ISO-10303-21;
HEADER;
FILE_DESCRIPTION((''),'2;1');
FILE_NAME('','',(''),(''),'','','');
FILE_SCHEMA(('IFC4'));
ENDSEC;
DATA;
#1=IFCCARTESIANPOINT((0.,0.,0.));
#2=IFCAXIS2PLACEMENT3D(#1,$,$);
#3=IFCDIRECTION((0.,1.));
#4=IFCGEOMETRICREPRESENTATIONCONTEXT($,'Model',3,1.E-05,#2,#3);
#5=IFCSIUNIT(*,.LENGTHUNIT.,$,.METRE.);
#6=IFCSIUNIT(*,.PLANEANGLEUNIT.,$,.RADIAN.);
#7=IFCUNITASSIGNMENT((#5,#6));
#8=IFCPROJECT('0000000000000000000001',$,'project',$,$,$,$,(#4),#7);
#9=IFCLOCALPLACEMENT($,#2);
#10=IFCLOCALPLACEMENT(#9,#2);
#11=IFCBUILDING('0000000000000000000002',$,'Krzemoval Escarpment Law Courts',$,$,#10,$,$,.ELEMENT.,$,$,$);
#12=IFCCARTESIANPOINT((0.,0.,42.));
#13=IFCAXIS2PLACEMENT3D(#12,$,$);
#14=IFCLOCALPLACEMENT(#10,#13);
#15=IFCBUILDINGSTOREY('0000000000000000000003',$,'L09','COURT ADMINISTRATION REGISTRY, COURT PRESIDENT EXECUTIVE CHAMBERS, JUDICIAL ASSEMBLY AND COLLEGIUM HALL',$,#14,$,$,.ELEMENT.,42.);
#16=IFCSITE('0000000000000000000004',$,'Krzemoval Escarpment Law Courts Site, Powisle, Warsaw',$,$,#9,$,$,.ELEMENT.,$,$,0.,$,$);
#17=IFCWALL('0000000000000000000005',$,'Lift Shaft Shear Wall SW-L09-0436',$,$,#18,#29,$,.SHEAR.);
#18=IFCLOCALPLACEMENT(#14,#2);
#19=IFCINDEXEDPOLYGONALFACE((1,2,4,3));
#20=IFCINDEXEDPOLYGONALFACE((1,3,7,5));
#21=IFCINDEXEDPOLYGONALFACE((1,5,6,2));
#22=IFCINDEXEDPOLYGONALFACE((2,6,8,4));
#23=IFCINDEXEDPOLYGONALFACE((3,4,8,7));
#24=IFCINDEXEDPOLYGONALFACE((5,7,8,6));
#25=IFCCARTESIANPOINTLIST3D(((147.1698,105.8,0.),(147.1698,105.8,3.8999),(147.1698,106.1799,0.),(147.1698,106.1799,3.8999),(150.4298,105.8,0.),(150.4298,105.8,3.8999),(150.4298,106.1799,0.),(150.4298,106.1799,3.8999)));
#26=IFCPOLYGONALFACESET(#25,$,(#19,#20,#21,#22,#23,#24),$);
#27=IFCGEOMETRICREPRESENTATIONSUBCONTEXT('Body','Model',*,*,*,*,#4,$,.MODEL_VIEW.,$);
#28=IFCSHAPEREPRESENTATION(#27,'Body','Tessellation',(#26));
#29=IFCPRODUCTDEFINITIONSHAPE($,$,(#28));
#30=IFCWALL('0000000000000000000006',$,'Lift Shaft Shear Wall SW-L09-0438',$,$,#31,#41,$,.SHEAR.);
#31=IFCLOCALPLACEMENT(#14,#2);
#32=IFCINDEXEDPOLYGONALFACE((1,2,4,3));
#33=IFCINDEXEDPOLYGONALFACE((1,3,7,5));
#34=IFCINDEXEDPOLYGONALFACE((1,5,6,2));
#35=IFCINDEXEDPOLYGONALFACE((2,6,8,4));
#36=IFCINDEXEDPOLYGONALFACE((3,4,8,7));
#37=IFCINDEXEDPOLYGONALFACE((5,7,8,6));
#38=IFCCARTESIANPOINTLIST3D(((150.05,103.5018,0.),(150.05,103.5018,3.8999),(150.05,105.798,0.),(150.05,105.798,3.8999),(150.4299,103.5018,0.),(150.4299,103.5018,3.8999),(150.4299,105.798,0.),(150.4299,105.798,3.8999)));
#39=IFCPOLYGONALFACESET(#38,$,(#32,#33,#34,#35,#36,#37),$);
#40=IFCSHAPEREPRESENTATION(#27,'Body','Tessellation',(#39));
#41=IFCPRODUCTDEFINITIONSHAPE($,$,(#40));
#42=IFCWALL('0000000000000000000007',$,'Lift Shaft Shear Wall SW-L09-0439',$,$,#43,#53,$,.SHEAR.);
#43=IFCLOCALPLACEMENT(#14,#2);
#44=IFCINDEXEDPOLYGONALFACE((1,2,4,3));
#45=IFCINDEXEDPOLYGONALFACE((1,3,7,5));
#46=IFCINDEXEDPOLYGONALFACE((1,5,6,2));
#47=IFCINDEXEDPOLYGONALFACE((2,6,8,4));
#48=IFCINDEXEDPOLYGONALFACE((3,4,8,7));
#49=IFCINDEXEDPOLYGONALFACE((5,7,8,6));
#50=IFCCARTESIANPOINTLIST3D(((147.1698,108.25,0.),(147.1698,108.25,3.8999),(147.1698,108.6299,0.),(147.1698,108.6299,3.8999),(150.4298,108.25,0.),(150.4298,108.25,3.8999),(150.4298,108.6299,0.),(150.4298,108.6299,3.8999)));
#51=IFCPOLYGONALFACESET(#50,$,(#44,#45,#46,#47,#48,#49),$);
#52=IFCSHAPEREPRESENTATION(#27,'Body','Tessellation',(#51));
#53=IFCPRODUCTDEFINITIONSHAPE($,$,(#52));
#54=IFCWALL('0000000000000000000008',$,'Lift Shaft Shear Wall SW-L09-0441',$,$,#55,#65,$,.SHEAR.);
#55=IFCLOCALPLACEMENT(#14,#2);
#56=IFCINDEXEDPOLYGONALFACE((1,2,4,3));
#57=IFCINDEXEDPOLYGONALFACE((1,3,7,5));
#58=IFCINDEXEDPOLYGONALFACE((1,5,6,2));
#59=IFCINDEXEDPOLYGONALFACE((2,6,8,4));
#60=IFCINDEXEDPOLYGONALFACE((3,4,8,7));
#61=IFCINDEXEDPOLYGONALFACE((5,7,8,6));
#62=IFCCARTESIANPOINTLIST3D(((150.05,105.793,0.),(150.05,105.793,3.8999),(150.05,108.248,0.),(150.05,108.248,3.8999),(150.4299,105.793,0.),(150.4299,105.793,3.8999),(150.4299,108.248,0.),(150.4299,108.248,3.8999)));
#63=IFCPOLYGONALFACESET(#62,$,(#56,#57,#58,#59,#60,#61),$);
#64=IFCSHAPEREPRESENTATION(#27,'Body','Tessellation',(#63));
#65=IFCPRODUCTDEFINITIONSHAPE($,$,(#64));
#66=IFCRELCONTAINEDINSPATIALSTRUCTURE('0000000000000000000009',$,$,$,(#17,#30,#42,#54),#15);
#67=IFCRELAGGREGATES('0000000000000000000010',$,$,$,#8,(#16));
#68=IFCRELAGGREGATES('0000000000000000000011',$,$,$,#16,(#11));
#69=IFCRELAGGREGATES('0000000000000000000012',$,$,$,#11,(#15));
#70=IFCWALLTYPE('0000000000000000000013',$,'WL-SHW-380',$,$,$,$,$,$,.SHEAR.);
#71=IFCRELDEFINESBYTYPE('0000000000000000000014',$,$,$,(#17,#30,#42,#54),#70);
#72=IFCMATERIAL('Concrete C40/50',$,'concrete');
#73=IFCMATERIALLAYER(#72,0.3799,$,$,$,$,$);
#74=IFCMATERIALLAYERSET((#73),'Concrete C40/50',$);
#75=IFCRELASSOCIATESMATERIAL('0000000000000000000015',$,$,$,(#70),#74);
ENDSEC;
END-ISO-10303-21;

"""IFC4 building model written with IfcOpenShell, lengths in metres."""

from ifc_helpers import new_model, si_unit, direction, frame, frame_2d, origin, place, context, subcontext, project, spatial, rectangle, extrude, material, layer, layer_set, type_object, element, save


model = new_model("IFC4")

# Units and contexts
model_context = context("Model", 3, precision=1e-05, world=origin(), true_north=direction((0.0, 1.0)))
body_context = subcontext(model_context, "Body", "Model", "MODEL_VIEW")
ifc_project = project(units=[si_unit("LENGTHUNIT", "METRE"), si_unit("PLANEANGLEUNIT", "RADIAN")], contexts=[model_context])

# Site, building, storey
site_placement = place(None, origin())
site = spatial("IfcSite", under=ifc_project, at=site_placement, Name="Krzemoval Escarpment Law Courts Site, Powisle, Warsaw", CompositionType="ELEMENT", RefElevation=0.0)
building_placement = place(site_placement, origin())
building = spatial("IfcBuilding", under=site, at=building_placement, Name="Krzemoval Escarpment Law Courts", CompositionType="ELEMENT")
storey_placement = place(building_placement, frame((0.0, 0.0, 42.0)))
storey = spatial("IfcBuildingStorey", under=building, at=storey_placement, Name="L09", Description="COURT ADMINISTRATION REGISTRY, COURT PRESIDENT EXECUTIVE CHAMBERS, JUDICIAL ASSEMBLY AND COLLEGIUM HALL", CompositionType="ELEMENT", Elevation=42.0)

# Shared definitions
ifc_material_1 = material(Name="Concrete C40/50", Category="concrete")
ifc_layer_1 = layer(ifc_material_1, 0.3799)
ifc_layer_set_1 = layer_set([ifc_layer_1], Name="Concrete C40/50")
wall_type_1 = type_object("IfcWallType", Name="WL-SHW-380", PredefinedType="SHEAR", material=ifc_layer_set_1)

# Walls
wall_1_placement = place(storey_placement, frame((147.1699, 105.99, 0.0), z_axis=(0.0, 0.0, 1.0), x_axis=(1.0, 0.0, 0.0)))
element("IfcWall", 1, at=wall_1_placement, inside=storey, type_object=wall_type_1, Name="Lift Shaft Shear Wall SW-L09-0436", PredefinedType="SHEAR", context=body_context, shape_type="SweptSolid", body=[
    extrude(rectangle(XDim=3.26, YDim=0.3799, at=frame_2d((1.6299, 0.0))), origin(), (0.0, 0.0, 1.0), 3.8999),
])
wall_2_placement = place(storey_placement, frame((150.24, 103.502, 0.0), z_axis=(0.0, 0.0, 1.0), x_axis=(0.0, 1.0, 0.0)))
element("IfcWall", 2, at=wall_2_placement, inside=storey, type_object=wall_type_1, Name="Lift Shaft Shear Wall SW-L09-0438", PredefinedType="SHEAR", context=body_context, shape_type="SweptSolid", body=[
    extrude(rectangle(XDim=2.2961, YDim=0.3799, at=frame_2d((1.1479, 0.0))), origin(), (0.0, 0.0, 1.0), 3.8999),
])
wall_3_placement = place(storey_placement, frame((147.1699, 108.4399, 0.0), z_axis=(0.0, 0.0, 1.0), x_axis=(1.0, 0.0, 0.0)))
element("IfcWall", 3, at=wall_3_placement, inside=storey, type_object=wall_type_1, Name="Lift Shaft Shear Wall SW-L09-0439", PredefinedType="SHEAR", context=body_context, shape_type="SweptSolid", body=[
    extrude(rectangle(XDim=3.26, YDim=0.3799, at=frame_2d((1.6299, 0.0))), origin(), (0.0, 0.0, 1.0), 3.8999),
])

# Wall
wall_4_placement = place(storey_placement, frame((150.24, 105.793, 0.0), z_axis=(0.0, 0.0, 1.0), x_axis=(0.0, 1.0, 0.0)))
element("IfcWall", 4, at=wall_4_placement, inside=storey, type_object=wall_type_1, Name="Lift Shaft Shear Wall SW-L09-0441", PredefinedType="SHEAR", context=body_context, shape_type="SweptSolid", body=[
    extrude(rectangle(XDim=2.4551, YDim=0.3799, at=frame_2d((1.2275, 0.0))), origin(), (0.0, 0.0, 1.0), 3.8999),
])

save(model, "model.ifc")
